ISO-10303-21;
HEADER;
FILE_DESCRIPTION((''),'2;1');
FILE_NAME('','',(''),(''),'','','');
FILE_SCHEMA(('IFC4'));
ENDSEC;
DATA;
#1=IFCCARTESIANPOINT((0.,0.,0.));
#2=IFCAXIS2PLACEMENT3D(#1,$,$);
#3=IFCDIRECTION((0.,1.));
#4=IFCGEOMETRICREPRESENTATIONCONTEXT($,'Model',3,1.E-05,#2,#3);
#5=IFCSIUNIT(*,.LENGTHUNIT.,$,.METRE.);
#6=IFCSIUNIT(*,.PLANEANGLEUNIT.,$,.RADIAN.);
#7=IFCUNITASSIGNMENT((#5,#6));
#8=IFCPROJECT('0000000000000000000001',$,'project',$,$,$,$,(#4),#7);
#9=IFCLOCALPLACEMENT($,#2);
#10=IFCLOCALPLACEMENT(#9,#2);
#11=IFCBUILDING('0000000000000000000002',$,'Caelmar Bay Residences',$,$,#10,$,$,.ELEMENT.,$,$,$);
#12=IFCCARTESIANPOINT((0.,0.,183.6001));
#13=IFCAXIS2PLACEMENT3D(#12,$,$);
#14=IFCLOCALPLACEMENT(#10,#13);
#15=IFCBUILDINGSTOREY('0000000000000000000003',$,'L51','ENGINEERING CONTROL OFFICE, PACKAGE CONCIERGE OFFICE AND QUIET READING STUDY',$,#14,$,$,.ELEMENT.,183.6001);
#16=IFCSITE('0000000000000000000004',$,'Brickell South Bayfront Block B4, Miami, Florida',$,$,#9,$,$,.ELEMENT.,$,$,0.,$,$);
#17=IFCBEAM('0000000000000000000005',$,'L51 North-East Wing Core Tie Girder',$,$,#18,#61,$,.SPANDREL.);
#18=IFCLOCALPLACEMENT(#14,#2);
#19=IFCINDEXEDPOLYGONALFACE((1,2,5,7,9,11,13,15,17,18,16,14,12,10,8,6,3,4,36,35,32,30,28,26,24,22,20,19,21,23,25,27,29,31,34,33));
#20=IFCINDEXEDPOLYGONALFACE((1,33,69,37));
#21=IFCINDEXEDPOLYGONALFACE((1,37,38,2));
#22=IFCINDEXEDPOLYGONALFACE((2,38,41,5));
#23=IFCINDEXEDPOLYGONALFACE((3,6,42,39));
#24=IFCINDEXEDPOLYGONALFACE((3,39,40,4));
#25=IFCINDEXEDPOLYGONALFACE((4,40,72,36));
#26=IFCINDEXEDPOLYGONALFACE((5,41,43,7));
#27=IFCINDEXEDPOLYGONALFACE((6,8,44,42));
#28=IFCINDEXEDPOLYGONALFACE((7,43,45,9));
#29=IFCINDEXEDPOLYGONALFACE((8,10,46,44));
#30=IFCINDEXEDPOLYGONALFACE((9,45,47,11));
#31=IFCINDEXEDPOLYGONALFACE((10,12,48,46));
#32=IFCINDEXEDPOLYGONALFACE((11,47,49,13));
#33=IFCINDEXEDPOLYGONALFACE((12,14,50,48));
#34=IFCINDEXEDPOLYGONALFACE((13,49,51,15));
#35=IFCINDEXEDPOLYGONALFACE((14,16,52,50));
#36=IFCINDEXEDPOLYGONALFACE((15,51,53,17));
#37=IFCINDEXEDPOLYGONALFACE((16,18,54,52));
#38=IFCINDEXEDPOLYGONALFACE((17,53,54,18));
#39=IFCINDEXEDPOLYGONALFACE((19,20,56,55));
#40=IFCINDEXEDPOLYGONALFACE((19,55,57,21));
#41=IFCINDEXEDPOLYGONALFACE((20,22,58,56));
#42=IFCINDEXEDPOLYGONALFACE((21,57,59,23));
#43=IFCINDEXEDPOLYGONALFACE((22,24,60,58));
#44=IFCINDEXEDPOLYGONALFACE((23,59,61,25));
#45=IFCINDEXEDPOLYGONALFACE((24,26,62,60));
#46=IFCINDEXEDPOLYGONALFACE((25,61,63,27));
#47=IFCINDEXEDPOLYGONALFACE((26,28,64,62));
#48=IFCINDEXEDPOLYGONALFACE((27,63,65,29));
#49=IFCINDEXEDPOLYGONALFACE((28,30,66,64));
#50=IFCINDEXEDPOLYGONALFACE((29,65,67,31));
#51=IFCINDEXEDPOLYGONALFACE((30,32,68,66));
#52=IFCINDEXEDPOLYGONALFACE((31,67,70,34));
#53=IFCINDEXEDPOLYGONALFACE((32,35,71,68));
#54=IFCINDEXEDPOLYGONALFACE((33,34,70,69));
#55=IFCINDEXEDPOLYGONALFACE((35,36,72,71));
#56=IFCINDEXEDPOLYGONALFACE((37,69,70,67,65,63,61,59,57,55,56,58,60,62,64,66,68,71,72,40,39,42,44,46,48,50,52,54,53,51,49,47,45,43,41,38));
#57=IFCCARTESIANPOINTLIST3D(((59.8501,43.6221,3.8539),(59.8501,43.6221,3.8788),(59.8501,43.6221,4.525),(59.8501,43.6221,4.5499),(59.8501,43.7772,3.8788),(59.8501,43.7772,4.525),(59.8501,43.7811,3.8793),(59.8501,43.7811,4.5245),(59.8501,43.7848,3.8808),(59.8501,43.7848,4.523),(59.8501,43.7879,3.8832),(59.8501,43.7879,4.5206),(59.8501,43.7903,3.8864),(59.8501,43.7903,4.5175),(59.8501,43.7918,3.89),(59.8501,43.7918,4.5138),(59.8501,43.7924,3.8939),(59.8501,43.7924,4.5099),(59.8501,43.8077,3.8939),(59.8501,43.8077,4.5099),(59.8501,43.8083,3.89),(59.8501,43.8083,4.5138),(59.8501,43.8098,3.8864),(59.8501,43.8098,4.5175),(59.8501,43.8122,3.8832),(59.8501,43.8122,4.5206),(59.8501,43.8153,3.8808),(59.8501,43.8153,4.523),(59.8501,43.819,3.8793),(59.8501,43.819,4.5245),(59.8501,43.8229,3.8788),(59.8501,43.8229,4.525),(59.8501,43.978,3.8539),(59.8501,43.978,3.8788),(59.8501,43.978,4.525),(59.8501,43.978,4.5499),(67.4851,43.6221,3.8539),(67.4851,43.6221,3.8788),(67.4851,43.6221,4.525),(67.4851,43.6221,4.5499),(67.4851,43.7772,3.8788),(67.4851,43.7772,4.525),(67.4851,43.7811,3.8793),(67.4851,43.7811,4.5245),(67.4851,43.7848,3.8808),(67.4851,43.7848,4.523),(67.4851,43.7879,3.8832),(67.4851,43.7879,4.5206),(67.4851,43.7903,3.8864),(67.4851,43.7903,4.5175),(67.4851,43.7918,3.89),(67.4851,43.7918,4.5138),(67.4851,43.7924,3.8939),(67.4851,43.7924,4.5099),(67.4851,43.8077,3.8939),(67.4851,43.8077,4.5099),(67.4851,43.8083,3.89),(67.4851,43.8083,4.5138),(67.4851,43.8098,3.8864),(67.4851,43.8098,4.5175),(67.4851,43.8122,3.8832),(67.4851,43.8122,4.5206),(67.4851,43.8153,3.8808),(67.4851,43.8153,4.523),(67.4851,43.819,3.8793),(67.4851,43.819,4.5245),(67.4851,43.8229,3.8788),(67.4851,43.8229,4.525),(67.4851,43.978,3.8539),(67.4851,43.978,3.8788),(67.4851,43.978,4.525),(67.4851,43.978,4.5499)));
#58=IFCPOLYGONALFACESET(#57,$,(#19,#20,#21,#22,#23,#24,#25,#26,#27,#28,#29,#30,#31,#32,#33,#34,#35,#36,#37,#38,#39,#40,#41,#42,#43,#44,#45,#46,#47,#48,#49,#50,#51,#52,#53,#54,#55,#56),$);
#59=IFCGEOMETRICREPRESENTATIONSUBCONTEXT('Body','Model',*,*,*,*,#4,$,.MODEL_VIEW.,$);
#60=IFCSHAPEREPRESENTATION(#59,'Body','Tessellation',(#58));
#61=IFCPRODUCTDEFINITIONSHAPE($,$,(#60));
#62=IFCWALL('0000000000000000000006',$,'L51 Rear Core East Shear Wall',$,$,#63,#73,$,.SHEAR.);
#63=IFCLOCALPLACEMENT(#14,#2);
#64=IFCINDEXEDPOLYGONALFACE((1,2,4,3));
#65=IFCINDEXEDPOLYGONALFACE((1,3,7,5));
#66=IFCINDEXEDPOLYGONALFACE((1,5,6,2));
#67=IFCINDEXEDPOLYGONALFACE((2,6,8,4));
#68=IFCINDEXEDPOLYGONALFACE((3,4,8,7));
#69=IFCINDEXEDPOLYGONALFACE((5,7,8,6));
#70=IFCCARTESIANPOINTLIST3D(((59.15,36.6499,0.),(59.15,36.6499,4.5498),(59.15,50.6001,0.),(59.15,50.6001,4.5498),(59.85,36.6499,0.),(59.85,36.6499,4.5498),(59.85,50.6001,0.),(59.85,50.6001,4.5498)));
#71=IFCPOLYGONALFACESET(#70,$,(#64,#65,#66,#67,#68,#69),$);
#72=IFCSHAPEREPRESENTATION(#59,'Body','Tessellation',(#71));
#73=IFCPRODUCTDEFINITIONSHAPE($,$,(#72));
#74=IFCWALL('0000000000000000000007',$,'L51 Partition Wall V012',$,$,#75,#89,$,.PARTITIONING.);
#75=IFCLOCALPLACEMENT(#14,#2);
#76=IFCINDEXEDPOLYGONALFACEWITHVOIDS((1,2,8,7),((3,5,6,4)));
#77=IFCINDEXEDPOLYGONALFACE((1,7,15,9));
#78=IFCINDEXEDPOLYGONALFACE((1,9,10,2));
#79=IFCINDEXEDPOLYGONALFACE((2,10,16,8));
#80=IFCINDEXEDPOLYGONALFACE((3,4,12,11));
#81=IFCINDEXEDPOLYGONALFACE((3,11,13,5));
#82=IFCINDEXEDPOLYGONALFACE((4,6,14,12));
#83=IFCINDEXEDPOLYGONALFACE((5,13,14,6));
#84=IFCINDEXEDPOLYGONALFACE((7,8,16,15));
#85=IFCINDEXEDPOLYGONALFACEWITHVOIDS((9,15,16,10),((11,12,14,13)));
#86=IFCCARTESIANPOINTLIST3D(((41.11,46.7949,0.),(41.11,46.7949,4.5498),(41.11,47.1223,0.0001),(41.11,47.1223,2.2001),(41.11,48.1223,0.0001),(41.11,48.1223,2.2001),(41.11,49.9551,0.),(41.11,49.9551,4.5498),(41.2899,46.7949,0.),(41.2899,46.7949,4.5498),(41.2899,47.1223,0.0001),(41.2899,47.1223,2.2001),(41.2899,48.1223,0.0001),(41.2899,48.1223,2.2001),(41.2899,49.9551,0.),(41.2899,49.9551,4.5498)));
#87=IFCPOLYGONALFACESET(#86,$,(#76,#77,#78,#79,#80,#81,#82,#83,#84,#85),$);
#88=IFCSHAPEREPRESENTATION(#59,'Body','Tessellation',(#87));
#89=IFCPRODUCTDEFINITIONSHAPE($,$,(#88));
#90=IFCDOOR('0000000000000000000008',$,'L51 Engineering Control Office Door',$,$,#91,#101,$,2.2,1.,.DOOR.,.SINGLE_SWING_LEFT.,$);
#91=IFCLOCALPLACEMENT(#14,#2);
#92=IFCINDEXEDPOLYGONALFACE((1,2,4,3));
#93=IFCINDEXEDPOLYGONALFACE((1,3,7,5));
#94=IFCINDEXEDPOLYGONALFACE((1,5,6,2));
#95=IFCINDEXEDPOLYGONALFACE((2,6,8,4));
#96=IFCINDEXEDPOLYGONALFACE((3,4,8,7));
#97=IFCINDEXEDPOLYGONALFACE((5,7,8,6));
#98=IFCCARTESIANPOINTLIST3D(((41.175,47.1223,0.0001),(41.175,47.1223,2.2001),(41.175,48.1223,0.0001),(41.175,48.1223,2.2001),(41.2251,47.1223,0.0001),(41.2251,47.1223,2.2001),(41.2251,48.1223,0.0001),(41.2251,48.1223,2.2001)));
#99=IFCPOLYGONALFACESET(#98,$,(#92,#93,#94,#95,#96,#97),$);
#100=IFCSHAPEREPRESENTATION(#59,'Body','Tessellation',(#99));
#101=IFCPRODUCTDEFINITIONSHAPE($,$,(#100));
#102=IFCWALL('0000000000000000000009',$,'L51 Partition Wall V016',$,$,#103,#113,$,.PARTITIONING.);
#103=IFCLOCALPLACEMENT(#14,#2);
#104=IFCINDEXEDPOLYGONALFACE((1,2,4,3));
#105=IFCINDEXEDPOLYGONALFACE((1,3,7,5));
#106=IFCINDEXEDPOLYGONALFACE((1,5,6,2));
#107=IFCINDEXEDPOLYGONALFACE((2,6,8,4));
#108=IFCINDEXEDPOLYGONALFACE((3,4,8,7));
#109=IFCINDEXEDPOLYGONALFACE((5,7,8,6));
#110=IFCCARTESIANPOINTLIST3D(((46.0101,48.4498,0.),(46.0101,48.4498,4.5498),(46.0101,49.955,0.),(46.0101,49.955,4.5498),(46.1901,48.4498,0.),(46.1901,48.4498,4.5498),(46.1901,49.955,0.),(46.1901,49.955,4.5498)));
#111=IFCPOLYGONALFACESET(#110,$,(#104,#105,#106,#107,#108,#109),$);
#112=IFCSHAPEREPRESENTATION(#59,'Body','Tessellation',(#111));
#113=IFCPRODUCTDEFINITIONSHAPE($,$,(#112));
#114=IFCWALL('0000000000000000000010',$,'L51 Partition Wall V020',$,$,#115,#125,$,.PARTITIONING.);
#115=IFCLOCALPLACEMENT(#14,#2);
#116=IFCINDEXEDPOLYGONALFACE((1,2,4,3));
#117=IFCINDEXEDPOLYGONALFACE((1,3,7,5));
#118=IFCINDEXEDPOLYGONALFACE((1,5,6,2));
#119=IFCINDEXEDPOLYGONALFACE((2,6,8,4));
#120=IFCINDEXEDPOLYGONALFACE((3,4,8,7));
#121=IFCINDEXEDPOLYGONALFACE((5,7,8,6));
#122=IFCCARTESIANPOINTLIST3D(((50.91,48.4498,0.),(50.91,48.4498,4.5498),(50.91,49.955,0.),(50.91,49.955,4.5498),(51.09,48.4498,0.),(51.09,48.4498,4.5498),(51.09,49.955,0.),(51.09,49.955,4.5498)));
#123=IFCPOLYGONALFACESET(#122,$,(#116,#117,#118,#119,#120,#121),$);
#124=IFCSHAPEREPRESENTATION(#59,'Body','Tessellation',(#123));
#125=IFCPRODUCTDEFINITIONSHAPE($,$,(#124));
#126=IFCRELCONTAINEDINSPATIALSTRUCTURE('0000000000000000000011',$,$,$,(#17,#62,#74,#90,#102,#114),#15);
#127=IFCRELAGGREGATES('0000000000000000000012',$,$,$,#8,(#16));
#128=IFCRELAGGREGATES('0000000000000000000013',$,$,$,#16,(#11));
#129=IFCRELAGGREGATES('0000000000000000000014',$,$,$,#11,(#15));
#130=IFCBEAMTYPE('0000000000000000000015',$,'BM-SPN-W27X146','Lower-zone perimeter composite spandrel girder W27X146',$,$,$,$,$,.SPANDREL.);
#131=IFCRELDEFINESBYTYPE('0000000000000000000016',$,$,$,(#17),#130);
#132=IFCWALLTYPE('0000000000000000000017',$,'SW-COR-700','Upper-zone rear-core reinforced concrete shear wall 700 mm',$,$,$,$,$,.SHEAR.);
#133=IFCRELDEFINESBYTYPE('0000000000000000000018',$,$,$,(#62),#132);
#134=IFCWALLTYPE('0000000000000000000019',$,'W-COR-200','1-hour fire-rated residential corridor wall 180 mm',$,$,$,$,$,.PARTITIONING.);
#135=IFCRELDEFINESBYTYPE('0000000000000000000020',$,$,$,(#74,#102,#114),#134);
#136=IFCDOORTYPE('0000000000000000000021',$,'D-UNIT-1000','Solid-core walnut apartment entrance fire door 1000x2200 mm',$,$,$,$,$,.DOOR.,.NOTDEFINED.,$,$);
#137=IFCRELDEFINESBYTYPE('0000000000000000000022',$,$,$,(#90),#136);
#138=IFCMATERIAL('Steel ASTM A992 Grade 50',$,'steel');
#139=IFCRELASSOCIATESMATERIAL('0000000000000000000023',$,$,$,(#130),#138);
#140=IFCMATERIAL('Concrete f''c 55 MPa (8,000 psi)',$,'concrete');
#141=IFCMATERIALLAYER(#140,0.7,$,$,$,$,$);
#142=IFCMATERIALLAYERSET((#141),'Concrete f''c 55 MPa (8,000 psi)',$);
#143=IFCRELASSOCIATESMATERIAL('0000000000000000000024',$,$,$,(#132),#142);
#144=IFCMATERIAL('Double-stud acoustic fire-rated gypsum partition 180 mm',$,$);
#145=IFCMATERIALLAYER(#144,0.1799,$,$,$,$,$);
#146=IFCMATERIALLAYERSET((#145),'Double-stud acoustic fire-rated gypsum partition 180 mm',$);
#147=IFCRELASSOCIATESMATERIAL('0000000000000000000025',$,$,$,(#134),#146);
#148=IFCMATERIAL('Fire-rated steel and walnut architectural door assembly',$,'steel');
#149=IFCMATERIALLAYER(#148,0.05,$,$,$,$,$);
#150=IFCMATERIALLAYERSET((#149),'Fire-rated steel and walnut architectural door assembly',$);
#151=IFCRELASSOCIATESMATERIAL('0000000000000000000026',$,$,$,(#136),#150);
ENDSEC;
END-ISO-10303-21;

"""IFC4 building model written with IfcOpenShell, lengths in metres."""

from ifc_helpers import new_model, si_unit, direction, frame, frame_2d, origin, origin_2d, place, context, subcontext, project, spatial, rectangle, i_section, extrude, material, layer, layer_set, material_profile, profile_set, type_object, element, fill, save


model = new_model("IFC4")

# Units and contexts
model_context = context("Model", 3, precision=1e-05, world=origin(), true_north=direction((0.0, 1.0)))
body_context = subcontext(model_context, "Body", "Model", "MODEL_VIEW")
ifc_project = project(units=[si_unit("LENGTHUNIT", "METRE"), si_unit("PLANEANGLEUNIT", "RADIAN")], contexts=[model_context])

# Site, building, storey
site_placement = place(None, origin())
site = spatial("IfcSite", under=ifc_project, at=site_placement, Name="Brickell South Bayfront Block B4, Miami, Florida", CompositionType="ELEMENT", RefElevation=0.0)
building_placement = place(site_placement, origin())
building = spatial("IfcBuilding", under=site, at=building_placement, Name="Caelmar Bay Residences", CompositionType="ELEMENT")
storey_placement = place(building_placement, frame((0.0, 0.0, 183.6001)))
storey = spatial("IfcBuildingStorey", under=building, at=storey_placement, Name="L51", Description="ENGINEERING CONTROL OFFICE, PACKAGE CONCIERGE OFFICE AND QUIET READING STUDY", CompositionType="ELEMENT", Elevation=183.6001)

# Beam
ifc_material_1 = material(Name="Steel ASTM A992 Grade 50", Category="steel")
ifc_material_2 = material(Name="Concrete f'c 55 MPa (8,000 psi)", Category="concrete")
ifc_material_profile_1 = material_profile(ifc_material_1, i_section(OverallWidth=0.356, OverallDepth=0.696, WebThickness=0.0154, FlangeThickness=0.0249, FilletRadius=0.0151, at=origin_2d()), Name="W27X146")
ifc_profile_set_1 = profile_set([ifc_material_profile_1], Name="Steel ASTM A992 Grade 50")
beam_type_1 = type_object("IfcBeamType", Name="BM-SPN-W27X146", Description="Lower-zone perimeter composite spandrel girder W27X146", PredefinedType="SPANDREL", material=ifc_profile_set_1)
beam_1_placement = place(storey_placement, frame((59.8501, 43.8, 4.2019), z_axis=(1.0, 0.0, 0.0), x_axis=(0.0, 1.0, 0.0)))
element("IfcBeam", 1, at=beam_1_placement, inside=storey, type_object=beam_type_1, Name="L51 North-East Wing Core Tie Girder", PredefinedType="SPANDREL", context=body_context, shape_type="SweptSolid", body=[
    extrude(i_section(OverallWidth=0.356, OverallDepth=0.696, WebThickness=0.0154, FlangeThickness=0.0249, FilletRadius=0.0151, at=origin_2d()), origin(), (0.0, 0.0, 1.0), 7.635),
])

# Wall
ifc_layer_1 = layer(ifc_material_2, 0.7)
ifc_layer_set_1 = layer_set([ifc_layer_1], Name="Concrete f'c 55 MPa (8,000 psi)")
wall_type_1 = type_object("IfcWallType", Name="SW-COR-700", Description="Upper-zone rear-core reinforced concrete shear wall 700 mm", PredefinedType="SHEAR", material=ifc_layer_set_1)
wall_1_placement = place(storey_placement, frame((59.5, 36.6499, 0.0), z_axis=(0.0, 0.0, 1.0), x_axis=(0.0, 1.0, 0.0)))
element("IfcWall", 2, at=wall_1_placement, inside=storey, type_object=wall_type_1, Name="L51 Rear Core East Shear Wall", PredefinedType="SHEAR", context=body_context, shape_type="SweptSolid", body=[
    extrude(rectangle(XDim=13.9502, YDim=0.7, at=frame_2d((6.9751, 0.0))), origin(), (0.0, 0.0, 1.0), 4.5498),
])

# Wall, opening, door
ifc_material_3 = material(Name="Fire-rated steel and walnut architectural door assembly", Category="steel")
ifc_material_4 = material(Name="Double-stud acoustic fire-rated gypsum partition 180 mm")
ifc_layer_2 = layer(ifc_material_4, 0.1799)
ifc_layer_set_2 = layer_set([ifc_layer_2], Name="Double-stud acoustic fire-rated gypsum partition 180 mm")
wall_type_2 = type_object("IfcWallType", Name="W-COR-200", Description="1-hour fire-rated residential corridor wall 180 mm", PredefinedType="PARTITIONING", material=ifc_layer_set_2)
wall_2_placement = place(storey_placement, frame((41.2, 46.7949, 0.0), z_axis=(0.0, 0.0, 1.0), x_axis=(0.0, 1.0, 0.0)))
wall_2 = element("IfcWall", 3, at=wall_2_placement, inside=storey, type_object=wall_type_2, Name="L51 Partition Wall V012", PredefinedType="PARTITIONING", context=body_context, shape_type="SweptSolid", body=[
    extrude(rectangle(XDim=3.1602, YDim=0.1799, at=frame_2d((1.5801, 0.0))), origin(), (0.0, 0.0, 1.0), 4.5498),
])
opening_1_placement = place(wall_2_placement, frame((0.3274, 0.0, 0.0)))
opening_1 = element("IfcOpeningElement", 4, at=opening_1_placement, cuts=wall_2, PredefinedType="OPENING", context=body_context, shape_type="SweptSolid", body=[
    extrude(rectangle(XDim=1.0, YDim=2.2, at=frame_2d((0.5, 1.1001))), frame((0.0, 0.0999, 0.0), z_axis=(0.0, -1.0, 0.0), x_axis=(1.0, 0.0, 0.0)), (0.0, 0.0, 1.0), 0.2),
])
ifc_layer_3 = layer(ifc_material_3, 0.05)
ifc_layer_set_3 = layer_set([ifc_layer_3], Name="Fire-rated steel and walnut architectural door assembly")
door_type_1 = type_object("IfcDoorType", Name="D-UNIT-1000", Description="Solid-core walnut apartment entrance fire door 1000x2200 mm", OperationType="NOTDEFINED", PredefinedType="DOOR", material=ifc_layer_set_3)
door_1_placement = place(opening_1_placement, origin())
door_1 = element("IfcDoor", 5, at=door_1_placement, inside=storey, type_object=door_type_1, Name="L51 Engineering Control Office Door", OperationType="SINGLE_SWING_LEFT", OverallHeight=2.2, OverallWidth=1.0, PredefinedType="DOOR", context=body_context, shape_type="SweptSolid", body=[
    extrude(rectangle(XDim=1.0, YDim=2.2, at=frame_2d((0.5, 1.1001))), frame((0.0, 0.0249, 0.0), z_axis=(0.0, -1.0, 0.0), x_axis=(1.0, 0.0, 0.0)), (0.0, 0.0, 1.0), 0.05),
])
fill(opening_1, door_1)

# Walls
for number, where, z_axis, x_axis, name in (
    (6, (46.1001, 48.45, 0.0), (0.0, 0.0, 1.0), (0.0, 1.0, 0.0), "L51 Partition Wall V016"),
    (7, (51.0, 48.45, 0.0), (0.0, 0.0, 1.0), (0.0, 1.0, 0.0), "L51 Partition Wall V020"),
):
    element("IfcWall", number, at=place(storey_placement, frame(where, z_axis=z_axis, x_axis=x_axis)), inside=storey, type_object=wall_type_2, Name=name, PredefinedType="PARTITIONING", context=body_context, shape_type="SweptSolid", body=[
        extrude(rectangle(XDim=1.5051, YDim=0.1799, at=frame_2d((0.7524, 0.0))), origin(), (0.0, 0.0, 1.0), 4.5498),
    ])

save(model, "model.ifc")
